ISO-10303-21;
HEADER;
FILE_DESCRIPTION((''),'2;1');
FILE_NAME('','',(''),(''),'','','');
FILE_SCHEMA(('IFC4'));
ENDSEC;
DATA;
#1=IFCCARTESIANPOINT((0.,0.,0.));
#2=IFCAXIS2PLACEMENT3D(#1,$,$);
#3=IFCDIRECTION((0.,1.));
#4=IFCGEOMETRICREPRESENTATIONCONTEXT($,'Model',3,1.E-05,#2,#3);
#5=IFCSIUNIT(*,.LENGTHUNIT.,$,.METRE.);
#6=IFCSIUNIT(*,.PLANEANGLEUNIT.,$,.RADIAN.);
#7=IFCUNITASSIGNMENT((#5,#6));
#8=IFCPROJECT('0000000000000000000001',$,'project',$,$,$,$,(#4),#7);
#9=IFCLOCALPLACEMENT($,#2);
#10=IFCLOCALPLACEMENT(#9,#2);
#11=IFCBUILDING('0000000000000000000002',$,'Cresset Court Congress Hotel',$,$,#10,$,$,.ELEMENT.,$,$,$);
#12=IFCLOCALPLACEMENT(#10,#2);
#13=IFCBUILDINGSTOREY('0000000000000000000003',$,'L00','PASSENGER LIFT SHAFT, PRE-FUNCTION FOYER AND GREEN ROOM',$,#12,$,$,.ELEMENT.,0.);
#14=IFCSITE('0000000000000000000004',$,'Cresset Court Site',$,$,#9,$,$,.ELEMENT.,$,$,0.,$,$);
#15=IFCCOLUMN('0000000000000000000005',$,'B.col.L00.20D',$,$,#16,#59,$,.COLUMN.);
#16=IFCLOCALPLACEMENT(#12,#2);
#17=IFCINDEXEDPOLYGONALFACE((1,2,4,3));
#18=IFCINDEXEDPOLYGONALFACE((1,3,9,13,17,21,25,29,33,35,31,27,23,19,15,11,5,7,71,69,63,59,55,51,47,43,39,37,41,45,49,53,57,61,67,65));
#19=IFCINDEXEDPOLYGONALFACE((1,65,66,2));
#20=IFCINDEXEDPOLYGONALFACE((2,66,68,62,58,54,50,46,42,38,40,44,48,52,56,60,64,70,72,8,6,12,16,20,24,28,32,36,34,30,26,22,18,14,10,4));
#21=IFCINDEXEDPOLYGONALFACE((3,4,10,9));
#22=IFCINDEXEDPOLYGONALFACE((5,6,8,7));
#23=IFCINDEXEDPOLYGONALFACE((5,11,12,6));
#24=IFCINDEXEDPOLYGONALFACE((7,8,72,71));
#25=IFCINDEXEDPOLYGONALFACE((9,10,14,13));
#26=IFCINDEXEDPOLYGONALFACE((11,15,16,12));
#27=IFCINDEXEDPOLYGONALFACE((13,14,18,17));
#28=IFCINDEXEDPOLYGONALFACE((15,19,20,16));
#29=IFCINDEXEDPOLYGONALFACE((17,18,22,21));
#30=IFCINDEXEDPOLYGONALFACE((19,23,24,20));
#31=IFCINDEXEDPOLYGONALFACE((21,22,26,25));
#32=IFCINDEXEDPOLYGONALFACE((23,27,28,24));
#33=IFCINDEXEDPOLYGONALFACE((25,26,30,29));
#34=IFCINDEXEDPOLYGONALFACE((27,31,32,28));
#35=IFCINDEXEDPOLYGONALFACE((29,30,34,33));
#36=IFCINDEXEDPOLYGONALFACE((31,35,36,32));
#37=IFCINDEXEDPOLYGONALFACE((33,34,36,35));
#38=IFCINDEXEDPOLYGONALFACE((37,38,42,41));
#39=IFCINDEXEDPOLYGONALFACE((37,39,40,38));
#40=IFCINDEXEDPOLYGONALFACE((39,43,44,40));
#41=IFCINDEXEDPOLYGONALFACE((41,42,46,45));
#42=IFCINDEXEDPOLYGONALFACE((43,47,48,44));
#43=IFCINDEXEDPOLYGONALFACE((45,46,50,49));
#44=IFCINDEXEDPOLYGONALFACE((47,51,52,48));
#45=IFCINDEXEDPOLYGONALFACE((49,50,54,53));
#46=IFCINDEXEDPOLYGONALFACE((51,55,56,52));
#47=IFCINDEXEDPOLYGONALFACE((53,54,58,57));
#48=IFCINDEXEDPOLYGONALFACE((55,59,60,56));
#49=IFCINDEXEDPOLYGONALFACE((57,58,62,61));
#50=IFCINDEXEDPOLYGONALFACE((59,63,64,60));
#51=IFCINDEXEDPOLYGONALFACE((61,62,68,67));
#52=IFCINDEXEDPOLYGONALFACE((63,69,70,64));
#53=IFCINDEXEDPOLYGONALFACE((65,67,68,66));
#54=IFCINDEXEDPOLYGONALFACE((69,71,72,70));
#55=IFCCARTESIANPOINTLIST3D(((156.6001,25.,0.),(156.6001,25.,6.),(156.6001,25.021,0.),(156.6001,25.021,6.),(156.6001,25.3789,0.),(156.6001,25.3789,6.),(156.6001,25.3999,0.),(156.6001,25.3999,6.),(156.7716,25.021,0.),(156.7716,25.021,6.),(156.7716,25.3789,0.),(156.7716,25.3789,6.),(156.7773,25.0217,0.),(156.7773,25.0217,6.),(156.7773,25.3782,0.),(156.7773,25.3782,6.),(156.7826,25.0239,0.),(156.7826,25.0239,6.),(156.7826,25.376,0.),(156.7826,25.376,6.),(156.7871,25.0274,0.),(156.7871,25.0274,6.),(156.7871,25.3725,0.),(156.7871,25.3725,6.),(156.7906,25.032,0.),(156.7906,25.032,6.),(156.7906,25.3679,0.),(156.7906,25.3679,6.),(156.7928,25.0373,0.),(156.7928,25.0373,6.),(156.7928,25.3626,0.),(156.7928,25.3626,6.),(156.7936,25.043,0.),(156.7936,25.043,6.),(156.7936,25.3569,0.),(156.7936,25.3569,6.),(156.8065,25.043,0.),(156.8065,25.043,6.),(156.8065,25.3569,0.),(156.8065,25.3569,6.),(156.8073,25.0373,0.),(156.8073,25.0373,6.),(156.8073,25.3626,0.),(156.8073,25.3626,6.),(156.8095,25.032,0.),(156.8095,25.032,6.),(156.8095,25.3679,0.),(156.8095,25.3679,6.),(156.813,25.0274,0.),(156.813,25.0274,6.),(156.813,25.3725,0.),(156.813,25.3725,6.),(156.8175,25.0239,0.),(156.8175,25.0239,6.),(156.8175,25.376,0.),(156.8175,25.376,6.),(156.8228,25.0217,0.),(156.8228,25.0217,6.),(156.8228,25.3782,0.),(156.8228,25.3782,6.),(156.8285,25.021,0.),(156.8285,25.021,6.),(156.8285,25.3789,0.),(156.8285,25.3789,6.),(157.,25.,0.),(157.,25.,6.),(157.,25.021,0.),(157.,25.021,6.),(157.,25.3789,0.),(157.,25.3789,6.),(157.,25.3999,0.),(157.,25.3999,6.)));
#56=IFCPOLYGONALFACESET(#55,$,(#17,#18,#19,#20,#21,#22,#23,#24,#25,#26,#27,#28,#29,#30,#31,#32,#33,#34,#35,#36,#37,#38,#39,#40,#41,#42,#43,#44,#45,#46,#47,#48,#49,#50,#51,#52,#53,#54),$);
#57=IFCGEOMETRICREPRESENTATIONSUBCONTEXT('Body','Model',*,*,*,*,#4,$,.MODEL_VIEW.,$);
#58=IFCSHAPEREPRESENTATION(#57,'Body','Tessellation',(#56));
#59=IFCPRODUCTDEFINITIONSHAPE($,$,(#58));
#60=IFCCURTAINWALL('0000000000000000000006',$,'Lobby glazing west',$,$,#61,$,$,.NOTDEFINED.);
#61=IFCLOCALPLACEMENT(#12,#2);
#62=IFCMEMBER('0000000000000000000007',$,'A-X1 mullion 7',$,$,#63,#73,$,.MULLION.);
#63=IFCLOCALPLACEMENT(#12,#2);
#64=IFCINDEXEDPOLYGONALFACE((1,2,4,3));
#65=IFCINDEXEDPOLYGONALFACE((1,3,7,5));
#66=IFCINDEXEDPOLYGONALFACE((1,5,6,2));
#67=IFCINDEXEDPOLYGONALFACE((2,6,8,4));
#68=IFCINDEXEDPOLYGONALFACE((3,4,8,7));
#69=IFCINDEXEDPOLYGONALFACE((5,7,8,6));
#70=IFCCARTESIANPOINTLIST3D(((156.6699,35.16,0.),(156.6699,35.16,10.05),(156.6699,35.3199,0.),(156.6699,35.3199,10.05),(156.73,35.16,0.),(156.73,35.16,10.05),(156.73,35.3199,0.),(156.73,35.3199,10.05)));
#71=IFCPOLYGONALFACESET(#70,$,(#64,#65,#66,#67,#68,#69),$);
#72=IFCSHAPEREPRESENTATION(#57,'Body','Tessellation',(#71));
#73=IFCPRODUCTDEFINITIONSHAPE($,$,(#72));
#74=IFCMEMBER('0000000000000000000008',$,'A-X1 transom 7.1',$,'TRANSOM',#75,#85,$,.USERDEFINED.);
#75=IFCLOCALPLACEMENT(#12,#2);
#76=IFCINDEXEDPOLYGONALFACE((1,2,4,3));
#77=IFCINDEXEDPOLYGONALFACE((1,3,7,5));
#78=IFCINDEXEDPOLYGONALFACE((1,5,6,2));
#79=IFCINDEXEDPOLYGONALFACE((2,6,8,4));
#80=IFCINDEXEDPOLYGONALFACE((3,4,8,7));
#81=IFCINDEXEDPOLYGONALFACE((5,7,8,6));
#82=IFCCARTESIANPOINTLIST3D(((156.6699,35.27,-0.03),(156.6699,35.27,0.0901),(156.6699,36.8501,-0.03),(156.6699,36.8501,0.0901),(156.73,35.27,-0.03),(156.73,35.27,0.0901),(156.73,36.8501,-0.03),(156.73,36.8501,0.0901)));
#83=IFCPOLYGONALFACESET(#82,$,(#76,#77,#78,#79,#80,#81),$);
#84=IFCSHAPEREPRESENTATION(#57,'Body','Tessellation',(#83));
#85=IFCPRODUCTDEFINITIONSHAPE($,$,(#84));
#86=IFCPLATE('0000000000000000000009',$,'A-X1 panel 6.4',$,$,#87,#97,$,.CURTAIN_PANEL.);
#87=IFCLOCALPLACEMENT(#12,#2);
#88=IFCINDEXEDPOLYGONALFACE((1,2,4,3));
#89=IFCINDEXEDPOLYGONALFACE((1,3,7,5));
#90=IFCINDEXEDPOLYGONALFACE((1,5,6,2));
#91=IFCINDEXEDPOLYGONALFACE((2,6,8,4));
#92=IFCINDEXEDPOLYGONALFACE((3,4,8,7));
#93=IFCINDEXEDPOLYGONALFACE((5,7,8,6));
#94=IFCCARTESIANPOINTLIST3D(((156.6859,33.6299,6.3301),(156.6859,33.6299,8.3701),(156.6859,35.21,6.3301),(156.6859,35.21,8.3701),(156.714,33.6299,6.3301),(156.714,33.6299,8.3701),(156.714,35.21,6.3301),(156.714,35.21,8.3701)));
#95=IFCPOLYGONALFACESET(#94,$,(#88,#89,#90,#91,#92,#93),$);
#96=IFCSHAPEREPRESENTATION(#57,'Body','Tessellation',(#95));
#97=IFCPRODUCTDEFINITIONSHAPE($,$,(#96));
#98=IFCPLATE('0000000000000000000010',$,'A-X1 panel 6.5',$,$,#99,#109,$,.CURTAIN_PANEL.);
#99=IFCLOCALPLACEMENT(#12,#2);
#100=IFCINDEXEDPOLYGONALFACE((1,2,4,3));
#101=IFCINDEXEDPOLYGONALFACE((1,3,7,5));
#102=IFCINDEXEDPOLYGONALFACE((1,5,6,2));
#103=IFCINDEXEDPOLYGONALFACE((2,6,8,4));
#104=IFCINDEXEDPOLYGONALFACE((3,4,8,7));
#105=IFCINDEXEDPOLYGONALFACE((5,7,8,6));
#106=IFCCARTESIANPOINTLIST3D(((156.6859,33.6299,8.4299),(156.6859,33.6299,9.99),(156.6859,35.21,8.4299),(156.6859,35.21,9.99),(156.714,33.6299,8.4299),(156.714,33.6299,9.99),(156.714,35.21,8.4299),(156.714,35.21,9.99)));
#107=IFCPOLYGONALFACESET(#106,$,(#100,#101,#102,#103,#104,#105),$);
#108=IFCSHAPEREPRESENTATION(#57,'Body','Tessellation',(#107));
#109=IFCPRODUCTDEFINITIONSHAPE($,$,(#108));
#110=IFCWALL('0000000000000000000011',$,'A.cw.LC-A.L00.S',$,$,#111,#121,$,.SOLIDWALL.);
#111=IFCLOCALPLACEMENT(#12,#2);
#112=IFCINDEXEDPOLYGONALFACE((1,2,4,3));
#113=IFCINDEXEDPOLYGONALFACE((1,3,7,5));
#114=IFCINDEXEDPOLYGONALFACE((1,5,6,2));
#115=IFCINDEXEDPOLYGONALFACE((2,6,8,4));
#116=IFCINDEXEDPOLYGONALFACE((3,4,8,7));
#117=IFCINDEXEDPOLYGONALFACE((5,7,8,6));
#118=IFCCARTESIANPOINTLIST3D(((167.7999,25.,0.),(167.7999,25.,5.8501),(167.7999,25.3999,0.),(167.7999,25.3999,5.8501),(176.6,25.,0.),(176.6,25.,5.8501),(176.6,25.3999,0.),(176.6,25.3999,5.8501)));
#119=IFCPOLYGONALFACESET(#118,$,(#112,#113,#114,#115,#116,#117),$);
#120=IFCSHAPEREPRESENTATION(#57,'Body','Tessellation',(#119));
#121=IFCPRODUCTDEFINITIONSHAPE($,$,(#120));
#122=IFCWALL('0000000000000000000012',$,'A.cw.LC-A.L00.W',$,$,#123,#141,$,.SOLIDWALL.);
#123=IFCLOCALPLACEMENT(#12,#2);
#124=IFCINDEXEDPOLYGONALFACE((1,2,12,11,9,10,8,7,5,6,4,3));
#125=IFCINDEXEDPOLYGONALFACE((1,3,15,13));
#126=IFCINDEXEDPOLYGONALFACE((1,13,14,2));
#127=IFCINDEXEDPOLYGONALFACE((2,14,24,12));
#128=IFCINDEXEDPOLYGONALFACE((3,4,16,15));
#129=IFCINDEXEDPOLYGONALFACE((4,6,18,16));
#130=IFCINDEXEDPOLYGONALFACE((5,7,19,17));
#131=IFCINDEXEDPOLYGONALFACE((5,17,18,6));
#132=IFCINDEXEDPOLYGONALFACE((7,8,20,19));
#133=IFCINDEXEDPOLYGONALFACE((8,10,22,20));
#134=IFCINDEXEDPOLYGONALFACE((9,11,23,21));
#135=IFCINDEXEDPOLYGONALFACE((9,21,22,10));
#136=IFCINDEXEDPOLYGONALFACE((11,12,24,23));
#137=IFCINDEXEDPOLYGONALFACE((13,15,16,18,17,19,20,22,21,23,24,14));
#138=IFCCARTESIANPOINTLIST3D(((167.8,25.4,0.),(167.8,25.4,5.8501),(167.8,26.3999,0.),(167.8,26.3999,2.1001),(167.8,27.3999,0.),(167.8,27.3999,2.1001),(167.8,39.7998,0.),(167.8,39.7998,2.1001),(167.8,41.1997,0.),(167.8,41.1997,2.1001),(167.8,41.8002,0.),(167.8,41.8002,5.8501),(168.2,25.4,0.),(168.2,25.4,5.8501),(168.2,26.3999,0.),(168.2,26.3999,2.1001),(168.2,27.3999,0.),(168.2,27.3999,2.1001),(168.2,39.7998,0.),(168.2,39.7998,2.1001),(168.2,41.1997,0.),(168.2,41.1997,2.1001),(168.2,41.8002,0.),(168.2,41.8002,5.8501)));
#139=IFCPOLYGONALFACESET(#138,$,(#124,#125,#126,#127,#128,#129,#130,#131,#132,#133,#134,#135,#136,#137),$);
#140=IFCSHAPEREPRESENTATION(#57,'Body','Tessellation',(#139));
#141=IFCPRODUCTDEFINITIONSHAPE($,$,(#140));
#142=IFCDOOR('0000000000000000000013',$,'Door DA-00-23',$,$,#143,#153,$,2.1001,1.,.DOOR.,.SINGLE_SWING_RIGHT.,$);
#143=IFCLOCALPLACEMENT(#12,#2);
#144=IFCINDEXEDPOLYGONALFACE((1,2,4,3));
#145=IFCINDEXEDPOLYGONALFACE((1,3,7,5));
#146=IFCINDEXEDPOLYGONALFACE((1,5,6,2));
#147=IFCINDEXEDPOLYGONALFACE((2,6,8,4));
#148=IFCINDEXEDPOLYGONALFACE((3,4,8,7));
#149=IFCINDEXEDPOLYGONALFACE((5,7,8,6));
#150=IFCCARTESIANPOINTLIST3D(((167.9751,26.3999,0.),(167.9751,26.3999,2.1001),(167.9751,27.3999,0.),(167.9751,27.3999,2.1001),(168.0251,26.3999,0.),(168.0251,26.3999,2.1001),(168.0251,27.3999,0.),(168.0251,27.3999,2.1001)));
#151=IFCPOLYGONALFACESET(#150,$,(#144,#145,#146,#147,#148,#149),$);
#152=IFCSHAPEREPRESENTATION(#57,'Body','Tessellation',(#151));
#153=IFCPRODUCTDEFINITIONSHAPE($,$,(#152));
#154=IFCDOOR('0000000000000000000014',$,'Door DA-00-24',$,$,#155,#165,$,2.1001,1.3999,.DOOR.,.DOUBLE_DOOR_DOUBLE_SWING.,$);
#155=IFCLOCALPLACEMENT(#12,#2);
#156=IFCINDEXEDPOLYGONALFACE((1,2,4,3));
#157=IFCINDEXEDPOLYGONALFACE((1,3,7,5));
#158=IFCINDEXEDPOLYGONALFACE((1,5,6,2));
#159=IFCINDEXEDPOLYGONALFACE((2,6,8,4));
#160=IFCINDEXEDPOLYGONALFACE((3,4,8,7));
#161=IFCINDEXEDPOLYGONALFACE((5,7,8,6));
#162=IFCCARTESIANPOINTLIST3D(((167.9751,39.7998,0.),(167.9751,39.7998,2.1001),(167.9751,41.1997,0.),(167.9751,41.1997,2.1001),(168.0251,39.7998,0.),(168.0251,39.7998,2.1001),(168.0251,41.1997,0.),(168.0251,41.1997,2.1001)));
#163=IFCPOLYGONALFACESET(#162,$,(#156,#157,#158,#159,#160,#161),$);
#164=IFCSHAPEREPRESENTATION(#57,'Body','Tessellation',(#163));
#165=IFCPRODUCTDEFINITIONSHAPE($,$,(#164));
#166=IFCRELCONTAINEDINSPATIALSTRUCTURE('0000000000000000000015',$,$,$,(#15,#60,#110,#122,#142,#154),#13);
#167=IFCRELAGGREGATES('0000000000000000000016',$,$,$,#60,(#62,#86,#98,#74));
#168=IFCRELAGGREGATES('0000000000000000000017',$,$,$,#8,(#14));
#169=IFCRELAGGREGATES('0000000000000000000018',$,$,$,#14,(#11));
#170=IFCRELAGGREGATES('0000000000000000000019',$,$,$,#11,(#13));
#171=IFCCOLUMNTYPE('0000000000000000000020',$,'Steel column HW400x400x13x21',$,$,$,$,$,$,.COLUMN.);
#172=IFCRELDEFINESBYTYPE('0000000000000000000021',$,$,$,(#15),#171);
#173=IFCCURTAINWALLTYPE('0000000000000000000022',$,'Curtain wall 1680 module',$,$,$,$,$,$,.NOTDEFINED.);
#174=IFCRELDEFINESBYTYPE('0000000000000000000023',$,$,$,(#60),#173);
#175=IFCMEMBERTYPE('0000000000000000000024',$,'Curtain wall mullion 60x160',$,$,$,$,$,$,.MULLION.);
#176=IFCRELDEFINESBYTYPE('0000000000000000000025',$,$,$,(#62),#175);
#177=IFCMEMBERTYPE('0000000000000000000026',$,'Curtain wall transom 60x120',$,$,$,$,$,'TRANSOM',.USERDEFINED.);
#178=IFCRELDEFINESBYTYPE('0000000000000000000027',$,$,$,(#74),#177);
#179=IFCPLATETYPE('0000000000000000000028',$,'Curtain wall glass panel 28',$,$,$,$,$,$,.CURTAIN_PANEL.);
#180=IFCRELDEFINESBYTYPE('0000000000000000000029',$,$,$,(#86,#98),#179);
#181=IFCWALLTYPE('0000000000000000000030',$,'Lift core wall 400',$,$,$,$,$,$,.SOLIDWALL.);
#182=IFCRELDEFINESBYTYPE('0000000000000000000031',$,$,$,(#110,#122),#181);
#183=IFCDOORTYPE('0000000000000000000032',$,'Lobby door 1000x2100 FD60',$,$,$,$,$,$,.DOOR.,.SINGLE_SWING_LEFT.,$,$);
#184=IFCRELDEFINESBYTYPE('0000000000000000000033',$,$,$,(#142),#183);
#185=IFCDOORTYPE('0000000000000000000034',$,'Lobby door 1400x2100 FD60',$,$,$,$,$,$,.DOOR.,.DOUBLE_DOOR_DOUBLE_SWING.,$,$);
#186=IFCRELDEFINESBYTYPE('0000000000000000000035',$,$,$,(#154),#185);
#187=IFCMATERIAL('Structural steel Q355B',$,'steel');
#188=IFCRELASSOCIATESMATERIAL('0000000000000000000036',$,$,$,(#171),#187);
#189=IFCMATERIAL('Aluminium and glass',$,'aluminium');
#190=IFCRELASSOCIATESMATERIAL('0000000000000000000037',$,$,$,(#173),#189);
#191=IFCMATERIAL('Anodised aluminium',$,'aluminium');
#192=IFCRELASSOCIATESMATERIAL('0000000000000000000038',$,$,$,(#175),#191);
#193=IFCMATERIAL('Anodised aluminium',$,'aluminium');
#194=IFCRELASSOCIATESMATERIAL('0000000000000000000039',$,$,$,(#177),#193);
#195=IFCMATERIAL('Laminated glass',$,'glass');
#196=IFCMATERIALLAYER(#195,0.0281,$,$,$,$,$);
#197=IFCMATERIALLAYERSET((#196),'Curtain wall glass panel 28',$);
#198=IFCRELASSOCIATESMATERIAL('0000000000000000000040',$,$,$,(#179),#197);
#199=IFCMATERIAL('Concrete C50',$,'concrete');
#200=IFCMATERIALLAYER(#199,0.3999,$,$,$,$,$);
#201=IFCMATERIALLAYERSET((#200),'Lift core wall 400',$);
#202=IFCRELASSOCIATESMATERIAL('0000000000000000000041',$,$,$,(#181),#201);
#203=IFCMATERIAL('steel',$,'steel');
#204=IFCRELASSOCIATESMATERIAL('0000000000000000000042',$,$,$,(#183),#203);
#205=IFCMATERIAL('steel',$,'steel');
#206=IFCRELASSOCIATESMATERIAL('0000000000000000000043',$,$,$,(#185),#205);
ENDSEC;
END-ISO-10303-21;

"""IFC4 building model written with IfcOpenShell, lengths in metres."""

from ifc_helpers import new_model, si_unit, direction, frame, frame_2d, origin, origin_2d, place, context, subcontext, project, spatial, rectangle, i_section, extrude, material, layer, layer_set, material_profile, profile_set, type_object, element, fill, aggregate, save


model = new_model("IFC4")

# Units and contexts
model_context = context("Model", 3, precision=1e-05, world=origin(), true_north=direction((0.0, 1.0)))
body_context = subcontext(model_context, "Body", "Model", "MODEL_VIEW")
ifc_project = project(units=[si_unit("LENGTHUNIT", "METRE"), si_unit("PLANEANGLEUNIT", "RADIAN")], contexts=[model_context])

# Site, building, storey
site_placement = place(None, origin())
site = spatial("IfcSite", under=ifc_project, at=site_placement, Name="Cresset Court Site", CompositionType="ELEMENT", RefElevation=0.0)
building_placement = place(site_placement, origin())
building = spatial("IfcBuilding", under=site, at=building_placement, Name="Cresset Court Congress Hotel", CompositionType="ELEMENT")
storey_placement = place(building_placement, origin())
storey = spatial("IfcBuildingStorey", under=building, at=storey_placement, Name="L00", Description="PASSENGER LIFT SHAFT, PRE-FUNCTION FOYER AND GREEN ROOM", CompositionType="ELEMENT", Elevation=0.0)

# Column
ifc_material_1 = material(Name="Structural steel Q355B", Category="steel")
ifc_material_profile_1 = material_profile(ifc_material_1, i_section(OverallWidth=0.3999, OverallDepth=0.3999, WebThickness=0.0129, FlangeThickness=0.021, FilletRadius=0.022, at=origin_2d()), Name="HW400x400x13x21")
ifc_profile_set_1 = profile_set([ifc_material_profile_1], Name="Structural steel Q355B")
column_type = type_object("IfcColumnType", Name="Steel column HW400x400x13x21", PredefinedType="COLUMN", material=ifc_profile_set_1)
column_placement = place(storey_placement, frame((156.8, 25.2, 0.0), z_axis=(0.0, 0.0, 1.0), x_axis=(1.0, 0.0, 0.0)))
element("IfcColumn", 1, at=column_placement, inside=storey, type_object=column_type, Name="B.col.L00.20D", PredefinedType="COLUMN", context=body_context, shape_type="SweptSolid", body=[
    extrude(i_section(OverallWidth=0.3999, OverallDepth=0.3999, WebThickness=0.0129, FlangeThickness=0.021, FilletRadius=0.022, at=origin_2d()), origin(), (0.0, 0.0, 1.0), 6.0),
])

# Curtain wall, members, plates
ifc_material_2 = material(Name="Aluminium and glass", Category="aluminium")
curtain_wall_type = type_object("IfcCurtainWallType", Name="Curtain wall 1680 module", PredefinedType="NOTDEFINED", material=ifc_material_2)
curtain_wall_placement = place(storey_placement, origin())
curtain_wall = element("IfcCurtainWall", 2, at=curtain_wall_placement, inside=storey, type_object=curtain_wall_type, Name="Lobby glazing west", PredefinedType="NOTDEFINED")
ifc_material_3 = material(Name="Anodised aluminium", Category="aluminium")
ifc_material_profile_2 = material_profile(ifc_material_3, rectangle(XDim=0.0601, YDim=0.1599, at=origin_2d()), Name="AL60x160")
ifc_profile_set_2 = profile_set([ifc_material_profile_2], Name="Anodised aluminium")
member_type_1 = type_object("IfcMemberType", Name="Curtain wall mullion 60x160", PredefinedType="MULLION", material=ifc_profile_set_2)
member_1_placement = place(storey_placement, frame((156.7, 35.24, 0.0), z_axis=(0.0, 0.0, 1.0), x_axis=(-1.0, 0.0, 0.0)))
member_1 = element("IfcMember", 3, at=member_1_placement, type_object=member_type_1, Name="A-X1 mullion 7", PredefinedType="MULLION", context=body_context, shape_type="SweptSolid", body=[
    extrude(rectangle(XDim=0.0601, YDim=0.1599, at=origin_2d()), origin(), (0.0, 0.0, 1.0), 10.05),
])
ifc_material_4 = material(Name="Anodised aluminium", Category="aluminium")
ifc_material_profile_3 = material_profile(ifc_material_4, rectangle(XDim=0.0601, YDim=0.1201, at=origin_2d()), Name="AL60x120")
ifc_profile_set_3 = profile_set([ifc_material_profile_3], Name="Anodised aluminium")
member_type_2 = type_object("IfcMemberType", Name="Curtain wall transom 60x120", ElementType="TRANSOM", PredefinedType="USERDEFINED", material=ifc_profile_set_3)
member_2_placement = place(storey_placement, frame((156.7, 35.27, 0.03), z_axis=(0.0, 1.0, 0.0), x_axis=(-1.0, 0.0, 0.0)))
member_2 = element("IfcMember", 4, at=member_2_placement, type_object=member_type_2, Name="A-X1 transom 7.1", ObjectType="TRANSOM", PredefinedType="USERDEFINED", context=body_context, shape_type="SweptSolid", body=[
    extrude(rectangle(XDim=0.0601, YDim=0.1201, at=origin_2d()), origin(), (0.0, 0.0, 1.0), 1.5801),
])
ifc_material_5 = material(Name="Laminated glass", Category="glass")
ifc_layer_1 = layer(ifc_material_5, 0.0281)
ifc_layer_set_1 = layer_set([ifc_layer_1], Name="Curtain wall glass panel 28")
plate_type = type_object("IfcPlateType", Name="Curtain wall glass panel 28", PredefinedType="CURTAIN_PANEL", material=ifc_layer_set_1)
plate_1_placement = place(storey_placement, frame((156.7, 34.4199, 6.3301), z_axis=(0.0, 0.0, 1.0), x_axis=(0.0, 1.0, 0.0)))
plate_1 = element("IfcPlate", 5, at=plate_1_placement, type_object=plate_type, Name="A-X1 panel 6.4", PredefinedType="CURTAIN_PANEL", context=body_context, shape_type="SweptSolid", body=[
    extrude(rectangle(XDim=1.5801, YDim=0.0281, at=origin_2d()), origin(), (0.0, 0.0, 1.0), 2.04),
])
plate_2_placement = place(storey_placement, frame((156.7, 34.4199, 8.4299), z_axis=(0.0, 0.0, 1.0), x_axis=(0.0, 1.0, 0.0)))
plate_2 = element("IfcPlate", 6, at=plate_2_placement, type_object=plate_type, Name="A-X1 panel 6.5", PredefinedType="CURTAIN_PANEL", context=body_context, shape_type="SweptSolid", body=[
    extrude(rectangle(XDim=1.5801, YDim=0.0281, at=origin_2d()), origin(), (0.0, 0.0, 1.0), 1.5601),
])
aggregate(curtain_wall, [member_1, plate_1, plate_2, member_2])

# Wall
ifc_material_6 = material(Name="Concrete C50", Category="concrete")
ifc_layer_2 = layer(ifc_material_6, 0.3999)
ifc_layer_set_2 = layer_set([ifc_layer_2], Name="Lift core wall 400")
wall_type_1 = type_object("IfcWallType", Name="Lift core wall 400", PredefinedType="SOLIDWALL", material=ifc_layer_set_2)
wall_1_placement = place(storey_placement, frame((167.8, 25.2, 0.0), z_axis=(0.0, 0.0, 1.0), x_axis=(1.0, 0.0, 0.0)))
element("IfcWall", 7, at=wall_1_placement, inside=storey, type_object=wall_type_1, Name="A.cw.LC-A.L00.S", PredefinedType="SOLIDWALL", context=body_context, shape_type="SweptSolid", body=[
    extrude(rectangle(XDim=8.8, YDim=0.3999, at=frame_2d((4.3999, 0.0))), origin(), (0.0, 0.0, 1.0), 5.8501),
])

# Wall, openings, doors
wall_2_placement = place(storey_placement, frame((168.0, 25.3999, 0.0), z_axis=(0.0, 0.0, 1.0), x_axis=(0.0, 1.0, 0.0)))
wall_2 = element("IfcWall", 8, at=wall_2_placement, inside=storey, type_object=wall_type_1, Name="A.cw.LC-A.L00.W", PredefinedType="SOLIDWALL", context=body_context, shape_type="SweptSolid", body=[
    extrude(rectangle(XDim=16.4001, YDim=0.3999, at=frame_2d((8.2002, 0.0))), origin(), (0.0, 0.0, 1.0), 5.8501),
])
opening_1_placement = place(wall_2_placement, frame((1.0, 0.0, 0.0)))
opening_1 = element("IfcOpeningElement", 9, at=opening_1_placement, cuts=wall_2, PredefinedType="OPENING", context=body_context, shape_type="SweptSolid", body=[
    extrude(rectangle(XDim=1.0, YDim=2.1001, at=frame_2d((0.5, 1.05))), frame((0.0, 0.21, 0.0), z_axis=(0.0, -1.0, 0.0), x_axis=(1.0, 0.0, 0.0)), (0.0, 0.0, 1.0), 0.4199),
])
opening_2_placement = place(wall_2_placement, frame((14.3999, 0.0, 0.0)))
opening_2 = element("IfcOpeningElement", 10, at=opening_2_placement, cuts=wall_2, PredefinedType="OPENING", context=body_context, shape_type="SweptSolid", body=[
    extrude(rectangle(XDim=1.3999, YDim=2.1001, at=frame_2d((0.7, 1.05))), frame((0.0, 0.21, 0.0), z_axis=(0.0, -1.0, 0.0), x_axis=(1.0, 0.0, 0.0)), (0.0, 0.0, 1.0), 0.4199),
])
ifc_material_7 = material(Name="steel", Category="steel")
door_type_1 = type_object("IfcDoorType", Name="Lobby door 1000x2100 FD60", OperationType="SINGLE_SWING_LEFT", PredefinedType="DOOR", material=ifc_material_7)
door_1_placement = place(opening_1_placement, origin())
door_1 = element("IfcDoor", 11, at=door_1_placement, inside=storey, type_object=door_type_1, Name="Door DA-00-23", OperationType="SINGLE_SWING_RIGHT", OverallHeight=2.1001, OverallWidth=1.0, PredefinedType="DOOR", context=body_context, shape_type="SweptSolid", body=[
    extrude(rectangle(XDim=1.0, YDim=2.1001, at=frame_2d((0.5, 1.05))), frame((0.0, 0.0249, 0.0), z_axis=(0.0, -1.0, 0.0), x_axis=(1.0, 0.0, 0.0)), (0.0, 0.0, 1.0), 0.05),
])
fill(opening_1, door_1)
ifc_material_8 = material(Name="steel", Category="steel")
door_type_2 = type_object("IfcDoorType", Name="Lobby door 1400x2100 FD60", OperationType="DOUBLE_DOOR_DOUBLE_SWING", PredefinedType="DOOR", material=ifc_material_8)
door_2_placement = place(opening_2_placement, origin())
door_2 = element("IfcDoor", 12, at=door_2_placement, inside=storey, type_object=door_type_2, Name="Door DA-00-24", OperationType="DOUBLE_DOOR_DOUBLE_SWING", OverallHeight=2.1001, OverallWidth=1.3999, PredefinedType="DOOR", context=body_context, shape_type="SweptSolid", body=[
    extrude(rectangle(XDim=1.3999, YDim=2.1001, at=frame_2d((0.7, 1.05))), frame((0.0, 0.0249, 0.0), z_axis=(0.0, -1.0, 0.0), x_axis=(1.0, 0.0, 0.0)), (0.0, 0.0, 1.0), 0.05),
])
fill(opening_2, door_2)

save(model, "model.ifc")
